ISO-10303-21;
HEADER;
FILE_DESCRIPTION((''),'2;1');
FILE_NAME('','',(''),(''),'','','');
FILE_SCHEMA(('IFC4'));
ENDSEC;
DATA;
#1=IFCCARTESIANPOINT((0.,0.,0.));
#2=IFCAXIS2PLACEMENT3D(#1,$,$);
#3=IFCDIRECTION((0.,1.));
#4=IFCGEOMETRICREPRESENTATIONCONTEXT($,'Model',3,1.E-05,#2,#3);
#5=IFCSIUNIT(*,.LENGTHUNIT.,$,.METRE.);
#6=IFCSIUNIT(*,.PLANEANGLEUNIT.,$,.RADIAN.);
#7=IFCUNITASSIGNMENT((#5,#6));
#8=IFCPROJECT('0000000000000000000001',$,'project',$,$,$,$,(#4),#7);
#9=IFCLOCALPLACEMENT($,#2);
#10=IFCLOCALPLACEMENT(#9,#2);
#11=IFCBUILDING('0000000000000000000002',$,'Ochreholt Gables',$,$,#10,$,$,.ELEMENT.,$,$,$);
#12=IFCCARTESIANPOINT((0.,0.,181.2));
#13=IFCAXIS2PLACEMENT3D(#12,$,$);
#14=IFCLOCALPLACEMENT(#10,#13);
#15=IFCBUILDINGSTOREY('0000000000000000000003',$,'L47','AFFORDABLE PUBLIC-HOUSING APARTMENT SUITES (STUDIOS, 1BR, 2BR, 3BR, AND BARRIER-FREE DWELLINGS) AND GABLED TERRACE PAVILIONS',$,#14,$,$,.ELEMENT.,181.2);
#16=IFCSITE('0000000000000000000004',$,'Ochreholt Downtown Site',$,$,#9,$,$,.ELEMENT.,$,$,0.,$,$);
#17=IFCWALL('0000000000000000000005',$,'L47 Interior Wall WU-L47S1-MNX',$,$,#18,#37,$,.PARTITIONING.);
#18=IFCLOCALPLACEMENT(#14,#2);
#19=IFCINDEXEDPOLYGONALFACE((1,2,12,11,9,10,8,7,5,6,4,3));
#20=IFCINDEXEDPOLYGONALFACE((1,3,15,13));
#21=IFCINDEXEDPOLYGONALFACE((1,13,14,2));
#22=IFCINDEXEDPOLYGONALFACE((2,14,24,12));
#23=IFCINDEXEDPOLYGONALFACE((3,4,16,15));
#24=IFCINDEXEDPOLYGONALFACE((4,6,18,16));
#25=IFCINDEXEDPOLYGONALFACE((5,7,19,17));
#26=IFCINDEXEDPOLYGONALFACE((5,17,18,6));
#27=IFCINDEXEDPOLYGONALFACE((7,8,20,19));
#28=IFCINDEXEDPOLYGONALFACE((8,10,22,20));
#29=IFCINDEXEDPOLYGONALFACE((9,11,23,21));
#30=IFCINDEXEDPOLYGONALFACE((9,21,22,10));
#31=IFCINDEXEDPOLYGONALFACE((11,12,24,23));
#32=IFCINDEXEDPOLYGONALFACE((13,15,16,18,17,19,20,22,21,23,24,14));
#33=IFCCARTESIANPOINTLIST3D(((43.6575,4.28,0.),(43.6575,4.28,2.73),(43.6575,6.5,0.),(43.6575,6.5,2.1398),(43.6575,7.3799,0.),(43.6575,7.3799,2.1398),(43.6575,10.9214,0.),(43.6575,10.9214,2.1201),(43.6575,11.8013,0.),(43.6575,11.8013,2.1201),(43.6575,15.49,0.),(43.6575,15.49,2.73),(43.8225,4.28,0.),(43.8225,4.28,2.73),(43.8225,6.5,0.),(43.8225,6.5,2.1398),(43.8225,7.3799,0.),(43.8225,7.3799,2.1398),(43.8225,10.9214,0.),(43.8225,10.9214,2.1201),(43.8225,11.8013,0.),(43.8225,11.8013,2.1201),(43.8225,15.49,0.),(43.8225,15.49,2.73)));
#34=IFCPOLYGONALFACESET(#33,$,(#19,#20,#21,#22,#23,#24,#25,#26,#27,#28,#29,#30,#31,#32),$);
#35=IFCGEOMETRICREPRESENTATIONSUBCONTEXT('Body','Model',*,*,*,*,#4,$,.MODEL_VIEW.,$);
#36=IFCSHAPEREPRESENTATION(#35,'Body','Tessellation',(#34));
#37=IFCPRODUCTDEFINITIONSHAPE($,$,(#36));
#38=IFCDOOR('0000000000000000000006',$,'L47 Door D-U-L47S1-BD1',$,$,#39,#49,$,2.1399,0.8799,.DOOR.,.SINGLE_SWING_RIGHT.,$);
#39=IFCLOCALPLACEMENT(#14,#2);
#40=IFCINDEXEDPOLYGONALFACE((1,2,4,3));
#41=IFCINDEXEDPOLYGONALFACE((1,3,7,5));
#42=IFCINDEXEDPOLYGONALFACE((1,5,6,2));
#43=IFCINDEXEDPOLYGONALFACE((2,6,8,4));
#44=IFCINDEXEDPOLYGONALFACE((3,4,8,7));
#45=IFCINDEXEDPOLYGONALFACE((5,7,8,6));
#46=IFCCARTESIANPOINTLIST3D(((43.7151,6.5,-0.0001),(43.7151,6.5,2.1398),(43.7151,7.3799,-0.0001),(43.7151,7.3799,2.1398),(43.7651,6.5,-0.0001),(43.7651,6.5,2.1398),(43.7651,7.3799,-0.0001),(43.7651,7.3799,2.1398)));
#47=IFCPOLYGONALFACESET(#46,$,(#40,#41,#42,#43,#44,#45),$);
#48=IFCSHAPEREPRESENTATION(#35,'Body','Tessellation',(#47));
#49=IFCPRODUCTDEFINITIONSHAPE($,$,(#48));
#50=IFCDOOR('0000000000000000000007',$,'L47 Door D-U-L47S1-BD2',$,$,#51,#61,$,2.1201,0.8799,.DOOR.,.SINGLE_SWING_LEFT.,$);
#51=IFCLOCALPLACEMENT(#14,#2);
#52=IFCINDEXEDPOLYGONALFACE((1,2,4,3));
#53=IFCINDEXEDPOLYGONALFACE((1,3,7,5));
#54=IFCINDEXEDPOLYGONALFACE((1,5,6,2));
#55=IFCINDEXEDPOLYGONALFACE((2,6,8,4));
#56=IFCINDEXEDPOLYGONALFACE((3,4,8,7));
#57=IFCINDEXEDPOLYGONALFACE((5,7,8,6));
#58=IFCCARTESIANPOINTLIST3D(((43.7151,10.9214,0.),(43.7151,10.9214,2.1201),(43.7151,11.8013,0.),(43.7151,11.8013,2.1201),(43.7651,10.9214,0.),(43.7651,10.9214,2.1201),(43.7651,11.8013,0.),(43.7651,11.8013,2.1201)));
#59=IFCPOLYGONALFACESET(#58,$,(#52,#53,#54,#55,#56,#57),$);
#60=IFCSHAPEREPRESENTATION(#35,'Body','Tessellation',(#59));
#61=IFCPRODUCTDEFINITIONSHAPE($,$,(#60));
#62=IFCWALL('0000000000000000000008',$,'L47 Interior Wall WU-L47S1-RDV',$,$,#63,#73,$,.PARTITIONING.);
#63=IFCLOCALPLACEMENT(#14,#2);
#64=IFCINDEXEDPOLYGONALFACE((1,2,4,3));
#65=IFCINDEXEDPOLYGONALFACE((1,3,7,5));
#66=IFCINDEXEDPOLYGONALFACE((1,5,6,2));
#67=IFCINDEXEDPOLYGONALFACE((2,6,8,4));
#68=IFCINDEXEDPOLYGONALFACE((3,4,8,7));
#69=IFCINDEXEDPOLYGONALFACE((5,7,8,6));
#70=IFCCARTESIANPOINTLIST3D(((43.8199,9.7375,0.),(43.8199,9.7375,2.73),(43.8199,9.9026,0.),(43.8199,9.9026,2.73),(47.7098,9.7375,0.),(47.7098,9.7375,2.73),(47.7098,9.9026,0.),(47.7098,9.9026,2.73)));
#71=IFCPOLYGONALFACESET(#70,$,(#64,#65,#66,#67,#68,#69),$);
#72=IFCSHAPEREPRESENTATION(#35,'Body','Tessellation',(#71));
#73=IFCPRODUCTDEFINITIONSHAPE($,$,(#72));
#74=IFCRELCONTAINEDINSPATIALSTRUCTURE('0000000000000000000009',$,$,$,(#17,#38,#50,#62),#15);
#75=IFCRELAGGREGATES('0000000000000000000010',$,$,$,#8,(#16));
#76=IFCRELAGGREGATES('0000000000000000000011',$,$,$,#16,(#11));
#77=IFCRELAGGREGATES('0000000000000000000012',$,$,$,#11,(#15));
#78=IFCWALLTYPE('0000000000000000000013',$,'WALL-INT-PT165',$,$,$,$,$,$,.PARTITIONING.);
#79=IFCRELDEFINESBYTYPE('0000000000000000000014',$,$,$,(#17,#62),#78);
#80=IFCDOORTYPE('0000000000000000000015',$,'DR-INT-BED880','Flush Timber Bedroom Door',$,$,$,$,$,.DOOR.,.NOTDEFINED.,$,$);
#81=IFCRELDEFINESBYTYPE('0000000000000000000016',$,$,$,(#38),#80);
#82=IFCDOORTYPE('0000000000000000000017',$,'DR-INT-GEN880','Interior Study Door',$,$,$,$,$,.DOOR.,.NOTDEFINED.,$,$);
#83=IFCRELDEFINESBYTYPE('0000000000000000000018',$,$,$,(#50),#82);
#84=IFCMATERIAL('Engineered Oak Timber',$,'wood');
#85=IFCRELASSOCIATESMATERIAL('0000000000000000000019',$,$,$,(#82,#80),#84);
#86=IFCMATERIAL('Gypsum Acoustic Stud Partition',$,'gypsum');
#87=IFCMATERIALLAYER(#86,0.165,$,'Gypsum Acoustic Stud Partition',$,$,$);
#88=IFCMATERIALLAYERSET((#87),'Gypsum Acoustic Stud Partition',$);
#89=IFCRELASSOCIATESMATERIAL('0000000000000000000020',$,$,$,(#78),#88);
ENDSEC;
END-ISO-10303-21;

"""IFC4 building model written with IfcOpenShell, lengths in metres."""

from ifc_helpers import new_model, si_unit, direction, frame, frame_2d, origin, place, context, subcontext, project, spatial, rectangle, extrude, material, layer, layer_set, type_object, element, fill, save


model = new_model("IFC4")

# Units and contexts
model_context = context("Model", 3, precision=1e-05, world=origin(), true_north=direction((0.0, 1.0)))
body_context = subcontext(model_context, "Body", "Model", "MODEL_VIEW")
ifc_project = project(units=[si_unit("LENGTHUNIT", "METRE"), si_unit("PLANEANGLEUNIT", "RADIAN")], contexts=[model_context])

# Site, building, storey
site_placement = place(None, origin())
site = spatial("IfcSite", under=ifc_project, at=site_placement, Name="Ochreholt Downtown Site", CompositionType="ELEMENT", RefElevation=0.0)
building_placement = place(site_placement, origin())
building = spatial("IfcBuilding", under=site, at=building_placement, Name="Ochreholt Gables", CompositionType="ELEMENT")
storey_placement = place(building_placement, frame((0.0, 0.0, 181.2)))
storey = spatial("IfcBuildingStorey", under=building, at=storey_placement, Name="L47", Description="AFFORDABLE PUBLIC-HOUSING APARTMENT SUITES (STUDIOS, 1BR, 2BR, 3BR, AND BARRIER-FREE DWELLINGS) AND GABLED TERRACE PAVILIONS", CompositionType="ELEMENT", Elevation=181.2)

# Shared definitions
ifc_material_1 = material(Name="Engineered Oak Timber", Category="wood")
door_type_1 = type_object("IfcDoorType", Name="DR-INT-GEN880", Description="Interior Study Door", OperationType="NOTDEFINED", PredefinedType="DOOR", material=ifc_material_1)

# Shared definitions
ifc_material_2 = material(Name="Gypsum Acoustic Stud Partition", Category="gypsum")
ifc_layer_1 = layer(ifc_material_2, 0.165, Name="Gypsum Acoustic Stud Partition")
ifc_layer_set_1 = layer_set([ifc_layer_1], Name="Gypsum Acoustic Stud Partition")
wall_type_1 = type_object("IfcWallType", Name="WALL-INT-PT165", PredefinedType="PARTITIONING", material=ifc_layer_set_1)

# Wall, openings, doors
wall_1_placement = place(storey_placement, frame((43.74, 4.28, 0.0), z_axis=(0.0, 0.0, 1.0), x_axis=(0.0, 1.0, 0.0)))
wall_1 = element("IfcWall", 1, at=wall_1_placement, inside=storey, type_object=wall_type_1, Name="L47 Interior Wall WU-L47S1-MNX", PredefinedType="PARTITIONING", context=body_context, shape_type="SweptSolid", body=[
    extrude(rectangle(XDim=11.21, YDim=0.165, at=frame_2d((5.605, 0.0))), origin(), (0.0, 0.0, 1.0), 2.73),
])
opening_1_placement = place(wall_1_placement, frame((2.22, 0.0, 0.0)))
opening_1 = element("IfcOpeningElement", 2, at=opening_1_placement, cuts=wall_1, PredefinedType="OPENING", context=body_context, shape_type="SweptSolid", body=[
    extrude(rectangle(XDim=0.8799, YDim=2.1399, at=frame_2d((0.4399, 1.0698))), frame((0.0, 0.0925, 0.0), z_axis=(0.0, -1.0, 0.0), x_axis=(1.0, 0.0, 0.0)), (0.0, 0.0, 1.0), 0.1851),
])
opening_2_placement = place(wall_1_placement, frame((6.6414, 0.0, 0.0)))
opening_2 = element("IfcOpeningElement", 3, at=opening_2_placement, cuts=wall_1, PredefinedType="OPENING", context=body_context, shape_type="SweptSolid", body=[
    extrude(rectangle(XDim=0.8799, YDim=2.1201, at=frame_2d((0.4399, 1.0601))), frame((0.0, 0.0925, 0.0), z_axis=(0.0, -1.0, 0.0), x_axis=(1.0, 0.0, 0.0)), (0.0, 0.0, 1.0), 0.1851),
])
door_type_2 = type_object("IfcDoorType", Name="DR-INT-BED880", Description="Flush Timber Bedroom Door", OperationType="NOTDEFINED", PredefinedType="DOOR", material=ifc_material_1)
door_1_placement = place(opening_1_placement, origin())
door_1 = element("IfcDoor", 4, at=door_1_placement, inside=storey, type_object=door_type_2, Name="L47 Door D-U-L47S1-BD1", OperationType="SINGLE_SWING_RIGHT", OverallHeight=2.1399, OverallWidth=0.8799, PredefinedType="DOOR", context=body_context, shape_type="SweptSolid", body=[
    extrude(rectangle(XDim=0.8799, YDim=2.1399, at=frame_2d((0.4399, 1.0698))), frame((0.0, 0.0249, 0.0), z_axis=(0.0, -1.0, 0.0), x_axis=(1.0, 0.0, 0.0)), (0.0, 0.0, 1.0), 0.05),
])
fill(opening_1, door_1)
door_2_placement = place(opening_2_placement, origin())
door_2 = element("IfcDoor", 5, at=door_2_placement, inside=storey, type_object=door_type_1, Name="L47 Door D-U-L47S1-BD2", OperationType="SINGLE_SWING_LEFT", OverallHeight=2.1201, OverallWidth=0.8799, PredefinedType="DOOR", context=body_context, shape_type="SweptSolid", body=[
    extrude(rectangle(XDim=0.8799, YDim=2.1201, at=frame_2d((0.4399, 1.0601))), frame((0.0, 0.0249, 0.0), z_axis=(0.0, -1.0, 0.0), x_axis=(1.0, 0.0, 0.0)), (0.0, 0.0, 1.0), 0.05),
])
fill(opening_2, door_2)

# Wall
wall_2_placement = place(storey_placement, frame((43.8201, 9.8201, 0.0), z_axis=(0.0, 0.0, 1.0), x_axis=(1.0, 0.0, 0.0)))
element("IfcWall", 6, at=wall_2_placement, inside=storey, type_object=wall_type_1, Name="L47 Interior Wall WU-L47S1-RDV", PredefinedType="PARTITIONING", context=body_context, shape_type="SweptSolid", body=[
    extrude(rectangle(XDim=3.8899, YDim=0.165, at=frame_2d((1.9448, 0.0))), origin(), (0.0, 0.0, 1.0), 2.73),
])

save(model, "model.ifc")
